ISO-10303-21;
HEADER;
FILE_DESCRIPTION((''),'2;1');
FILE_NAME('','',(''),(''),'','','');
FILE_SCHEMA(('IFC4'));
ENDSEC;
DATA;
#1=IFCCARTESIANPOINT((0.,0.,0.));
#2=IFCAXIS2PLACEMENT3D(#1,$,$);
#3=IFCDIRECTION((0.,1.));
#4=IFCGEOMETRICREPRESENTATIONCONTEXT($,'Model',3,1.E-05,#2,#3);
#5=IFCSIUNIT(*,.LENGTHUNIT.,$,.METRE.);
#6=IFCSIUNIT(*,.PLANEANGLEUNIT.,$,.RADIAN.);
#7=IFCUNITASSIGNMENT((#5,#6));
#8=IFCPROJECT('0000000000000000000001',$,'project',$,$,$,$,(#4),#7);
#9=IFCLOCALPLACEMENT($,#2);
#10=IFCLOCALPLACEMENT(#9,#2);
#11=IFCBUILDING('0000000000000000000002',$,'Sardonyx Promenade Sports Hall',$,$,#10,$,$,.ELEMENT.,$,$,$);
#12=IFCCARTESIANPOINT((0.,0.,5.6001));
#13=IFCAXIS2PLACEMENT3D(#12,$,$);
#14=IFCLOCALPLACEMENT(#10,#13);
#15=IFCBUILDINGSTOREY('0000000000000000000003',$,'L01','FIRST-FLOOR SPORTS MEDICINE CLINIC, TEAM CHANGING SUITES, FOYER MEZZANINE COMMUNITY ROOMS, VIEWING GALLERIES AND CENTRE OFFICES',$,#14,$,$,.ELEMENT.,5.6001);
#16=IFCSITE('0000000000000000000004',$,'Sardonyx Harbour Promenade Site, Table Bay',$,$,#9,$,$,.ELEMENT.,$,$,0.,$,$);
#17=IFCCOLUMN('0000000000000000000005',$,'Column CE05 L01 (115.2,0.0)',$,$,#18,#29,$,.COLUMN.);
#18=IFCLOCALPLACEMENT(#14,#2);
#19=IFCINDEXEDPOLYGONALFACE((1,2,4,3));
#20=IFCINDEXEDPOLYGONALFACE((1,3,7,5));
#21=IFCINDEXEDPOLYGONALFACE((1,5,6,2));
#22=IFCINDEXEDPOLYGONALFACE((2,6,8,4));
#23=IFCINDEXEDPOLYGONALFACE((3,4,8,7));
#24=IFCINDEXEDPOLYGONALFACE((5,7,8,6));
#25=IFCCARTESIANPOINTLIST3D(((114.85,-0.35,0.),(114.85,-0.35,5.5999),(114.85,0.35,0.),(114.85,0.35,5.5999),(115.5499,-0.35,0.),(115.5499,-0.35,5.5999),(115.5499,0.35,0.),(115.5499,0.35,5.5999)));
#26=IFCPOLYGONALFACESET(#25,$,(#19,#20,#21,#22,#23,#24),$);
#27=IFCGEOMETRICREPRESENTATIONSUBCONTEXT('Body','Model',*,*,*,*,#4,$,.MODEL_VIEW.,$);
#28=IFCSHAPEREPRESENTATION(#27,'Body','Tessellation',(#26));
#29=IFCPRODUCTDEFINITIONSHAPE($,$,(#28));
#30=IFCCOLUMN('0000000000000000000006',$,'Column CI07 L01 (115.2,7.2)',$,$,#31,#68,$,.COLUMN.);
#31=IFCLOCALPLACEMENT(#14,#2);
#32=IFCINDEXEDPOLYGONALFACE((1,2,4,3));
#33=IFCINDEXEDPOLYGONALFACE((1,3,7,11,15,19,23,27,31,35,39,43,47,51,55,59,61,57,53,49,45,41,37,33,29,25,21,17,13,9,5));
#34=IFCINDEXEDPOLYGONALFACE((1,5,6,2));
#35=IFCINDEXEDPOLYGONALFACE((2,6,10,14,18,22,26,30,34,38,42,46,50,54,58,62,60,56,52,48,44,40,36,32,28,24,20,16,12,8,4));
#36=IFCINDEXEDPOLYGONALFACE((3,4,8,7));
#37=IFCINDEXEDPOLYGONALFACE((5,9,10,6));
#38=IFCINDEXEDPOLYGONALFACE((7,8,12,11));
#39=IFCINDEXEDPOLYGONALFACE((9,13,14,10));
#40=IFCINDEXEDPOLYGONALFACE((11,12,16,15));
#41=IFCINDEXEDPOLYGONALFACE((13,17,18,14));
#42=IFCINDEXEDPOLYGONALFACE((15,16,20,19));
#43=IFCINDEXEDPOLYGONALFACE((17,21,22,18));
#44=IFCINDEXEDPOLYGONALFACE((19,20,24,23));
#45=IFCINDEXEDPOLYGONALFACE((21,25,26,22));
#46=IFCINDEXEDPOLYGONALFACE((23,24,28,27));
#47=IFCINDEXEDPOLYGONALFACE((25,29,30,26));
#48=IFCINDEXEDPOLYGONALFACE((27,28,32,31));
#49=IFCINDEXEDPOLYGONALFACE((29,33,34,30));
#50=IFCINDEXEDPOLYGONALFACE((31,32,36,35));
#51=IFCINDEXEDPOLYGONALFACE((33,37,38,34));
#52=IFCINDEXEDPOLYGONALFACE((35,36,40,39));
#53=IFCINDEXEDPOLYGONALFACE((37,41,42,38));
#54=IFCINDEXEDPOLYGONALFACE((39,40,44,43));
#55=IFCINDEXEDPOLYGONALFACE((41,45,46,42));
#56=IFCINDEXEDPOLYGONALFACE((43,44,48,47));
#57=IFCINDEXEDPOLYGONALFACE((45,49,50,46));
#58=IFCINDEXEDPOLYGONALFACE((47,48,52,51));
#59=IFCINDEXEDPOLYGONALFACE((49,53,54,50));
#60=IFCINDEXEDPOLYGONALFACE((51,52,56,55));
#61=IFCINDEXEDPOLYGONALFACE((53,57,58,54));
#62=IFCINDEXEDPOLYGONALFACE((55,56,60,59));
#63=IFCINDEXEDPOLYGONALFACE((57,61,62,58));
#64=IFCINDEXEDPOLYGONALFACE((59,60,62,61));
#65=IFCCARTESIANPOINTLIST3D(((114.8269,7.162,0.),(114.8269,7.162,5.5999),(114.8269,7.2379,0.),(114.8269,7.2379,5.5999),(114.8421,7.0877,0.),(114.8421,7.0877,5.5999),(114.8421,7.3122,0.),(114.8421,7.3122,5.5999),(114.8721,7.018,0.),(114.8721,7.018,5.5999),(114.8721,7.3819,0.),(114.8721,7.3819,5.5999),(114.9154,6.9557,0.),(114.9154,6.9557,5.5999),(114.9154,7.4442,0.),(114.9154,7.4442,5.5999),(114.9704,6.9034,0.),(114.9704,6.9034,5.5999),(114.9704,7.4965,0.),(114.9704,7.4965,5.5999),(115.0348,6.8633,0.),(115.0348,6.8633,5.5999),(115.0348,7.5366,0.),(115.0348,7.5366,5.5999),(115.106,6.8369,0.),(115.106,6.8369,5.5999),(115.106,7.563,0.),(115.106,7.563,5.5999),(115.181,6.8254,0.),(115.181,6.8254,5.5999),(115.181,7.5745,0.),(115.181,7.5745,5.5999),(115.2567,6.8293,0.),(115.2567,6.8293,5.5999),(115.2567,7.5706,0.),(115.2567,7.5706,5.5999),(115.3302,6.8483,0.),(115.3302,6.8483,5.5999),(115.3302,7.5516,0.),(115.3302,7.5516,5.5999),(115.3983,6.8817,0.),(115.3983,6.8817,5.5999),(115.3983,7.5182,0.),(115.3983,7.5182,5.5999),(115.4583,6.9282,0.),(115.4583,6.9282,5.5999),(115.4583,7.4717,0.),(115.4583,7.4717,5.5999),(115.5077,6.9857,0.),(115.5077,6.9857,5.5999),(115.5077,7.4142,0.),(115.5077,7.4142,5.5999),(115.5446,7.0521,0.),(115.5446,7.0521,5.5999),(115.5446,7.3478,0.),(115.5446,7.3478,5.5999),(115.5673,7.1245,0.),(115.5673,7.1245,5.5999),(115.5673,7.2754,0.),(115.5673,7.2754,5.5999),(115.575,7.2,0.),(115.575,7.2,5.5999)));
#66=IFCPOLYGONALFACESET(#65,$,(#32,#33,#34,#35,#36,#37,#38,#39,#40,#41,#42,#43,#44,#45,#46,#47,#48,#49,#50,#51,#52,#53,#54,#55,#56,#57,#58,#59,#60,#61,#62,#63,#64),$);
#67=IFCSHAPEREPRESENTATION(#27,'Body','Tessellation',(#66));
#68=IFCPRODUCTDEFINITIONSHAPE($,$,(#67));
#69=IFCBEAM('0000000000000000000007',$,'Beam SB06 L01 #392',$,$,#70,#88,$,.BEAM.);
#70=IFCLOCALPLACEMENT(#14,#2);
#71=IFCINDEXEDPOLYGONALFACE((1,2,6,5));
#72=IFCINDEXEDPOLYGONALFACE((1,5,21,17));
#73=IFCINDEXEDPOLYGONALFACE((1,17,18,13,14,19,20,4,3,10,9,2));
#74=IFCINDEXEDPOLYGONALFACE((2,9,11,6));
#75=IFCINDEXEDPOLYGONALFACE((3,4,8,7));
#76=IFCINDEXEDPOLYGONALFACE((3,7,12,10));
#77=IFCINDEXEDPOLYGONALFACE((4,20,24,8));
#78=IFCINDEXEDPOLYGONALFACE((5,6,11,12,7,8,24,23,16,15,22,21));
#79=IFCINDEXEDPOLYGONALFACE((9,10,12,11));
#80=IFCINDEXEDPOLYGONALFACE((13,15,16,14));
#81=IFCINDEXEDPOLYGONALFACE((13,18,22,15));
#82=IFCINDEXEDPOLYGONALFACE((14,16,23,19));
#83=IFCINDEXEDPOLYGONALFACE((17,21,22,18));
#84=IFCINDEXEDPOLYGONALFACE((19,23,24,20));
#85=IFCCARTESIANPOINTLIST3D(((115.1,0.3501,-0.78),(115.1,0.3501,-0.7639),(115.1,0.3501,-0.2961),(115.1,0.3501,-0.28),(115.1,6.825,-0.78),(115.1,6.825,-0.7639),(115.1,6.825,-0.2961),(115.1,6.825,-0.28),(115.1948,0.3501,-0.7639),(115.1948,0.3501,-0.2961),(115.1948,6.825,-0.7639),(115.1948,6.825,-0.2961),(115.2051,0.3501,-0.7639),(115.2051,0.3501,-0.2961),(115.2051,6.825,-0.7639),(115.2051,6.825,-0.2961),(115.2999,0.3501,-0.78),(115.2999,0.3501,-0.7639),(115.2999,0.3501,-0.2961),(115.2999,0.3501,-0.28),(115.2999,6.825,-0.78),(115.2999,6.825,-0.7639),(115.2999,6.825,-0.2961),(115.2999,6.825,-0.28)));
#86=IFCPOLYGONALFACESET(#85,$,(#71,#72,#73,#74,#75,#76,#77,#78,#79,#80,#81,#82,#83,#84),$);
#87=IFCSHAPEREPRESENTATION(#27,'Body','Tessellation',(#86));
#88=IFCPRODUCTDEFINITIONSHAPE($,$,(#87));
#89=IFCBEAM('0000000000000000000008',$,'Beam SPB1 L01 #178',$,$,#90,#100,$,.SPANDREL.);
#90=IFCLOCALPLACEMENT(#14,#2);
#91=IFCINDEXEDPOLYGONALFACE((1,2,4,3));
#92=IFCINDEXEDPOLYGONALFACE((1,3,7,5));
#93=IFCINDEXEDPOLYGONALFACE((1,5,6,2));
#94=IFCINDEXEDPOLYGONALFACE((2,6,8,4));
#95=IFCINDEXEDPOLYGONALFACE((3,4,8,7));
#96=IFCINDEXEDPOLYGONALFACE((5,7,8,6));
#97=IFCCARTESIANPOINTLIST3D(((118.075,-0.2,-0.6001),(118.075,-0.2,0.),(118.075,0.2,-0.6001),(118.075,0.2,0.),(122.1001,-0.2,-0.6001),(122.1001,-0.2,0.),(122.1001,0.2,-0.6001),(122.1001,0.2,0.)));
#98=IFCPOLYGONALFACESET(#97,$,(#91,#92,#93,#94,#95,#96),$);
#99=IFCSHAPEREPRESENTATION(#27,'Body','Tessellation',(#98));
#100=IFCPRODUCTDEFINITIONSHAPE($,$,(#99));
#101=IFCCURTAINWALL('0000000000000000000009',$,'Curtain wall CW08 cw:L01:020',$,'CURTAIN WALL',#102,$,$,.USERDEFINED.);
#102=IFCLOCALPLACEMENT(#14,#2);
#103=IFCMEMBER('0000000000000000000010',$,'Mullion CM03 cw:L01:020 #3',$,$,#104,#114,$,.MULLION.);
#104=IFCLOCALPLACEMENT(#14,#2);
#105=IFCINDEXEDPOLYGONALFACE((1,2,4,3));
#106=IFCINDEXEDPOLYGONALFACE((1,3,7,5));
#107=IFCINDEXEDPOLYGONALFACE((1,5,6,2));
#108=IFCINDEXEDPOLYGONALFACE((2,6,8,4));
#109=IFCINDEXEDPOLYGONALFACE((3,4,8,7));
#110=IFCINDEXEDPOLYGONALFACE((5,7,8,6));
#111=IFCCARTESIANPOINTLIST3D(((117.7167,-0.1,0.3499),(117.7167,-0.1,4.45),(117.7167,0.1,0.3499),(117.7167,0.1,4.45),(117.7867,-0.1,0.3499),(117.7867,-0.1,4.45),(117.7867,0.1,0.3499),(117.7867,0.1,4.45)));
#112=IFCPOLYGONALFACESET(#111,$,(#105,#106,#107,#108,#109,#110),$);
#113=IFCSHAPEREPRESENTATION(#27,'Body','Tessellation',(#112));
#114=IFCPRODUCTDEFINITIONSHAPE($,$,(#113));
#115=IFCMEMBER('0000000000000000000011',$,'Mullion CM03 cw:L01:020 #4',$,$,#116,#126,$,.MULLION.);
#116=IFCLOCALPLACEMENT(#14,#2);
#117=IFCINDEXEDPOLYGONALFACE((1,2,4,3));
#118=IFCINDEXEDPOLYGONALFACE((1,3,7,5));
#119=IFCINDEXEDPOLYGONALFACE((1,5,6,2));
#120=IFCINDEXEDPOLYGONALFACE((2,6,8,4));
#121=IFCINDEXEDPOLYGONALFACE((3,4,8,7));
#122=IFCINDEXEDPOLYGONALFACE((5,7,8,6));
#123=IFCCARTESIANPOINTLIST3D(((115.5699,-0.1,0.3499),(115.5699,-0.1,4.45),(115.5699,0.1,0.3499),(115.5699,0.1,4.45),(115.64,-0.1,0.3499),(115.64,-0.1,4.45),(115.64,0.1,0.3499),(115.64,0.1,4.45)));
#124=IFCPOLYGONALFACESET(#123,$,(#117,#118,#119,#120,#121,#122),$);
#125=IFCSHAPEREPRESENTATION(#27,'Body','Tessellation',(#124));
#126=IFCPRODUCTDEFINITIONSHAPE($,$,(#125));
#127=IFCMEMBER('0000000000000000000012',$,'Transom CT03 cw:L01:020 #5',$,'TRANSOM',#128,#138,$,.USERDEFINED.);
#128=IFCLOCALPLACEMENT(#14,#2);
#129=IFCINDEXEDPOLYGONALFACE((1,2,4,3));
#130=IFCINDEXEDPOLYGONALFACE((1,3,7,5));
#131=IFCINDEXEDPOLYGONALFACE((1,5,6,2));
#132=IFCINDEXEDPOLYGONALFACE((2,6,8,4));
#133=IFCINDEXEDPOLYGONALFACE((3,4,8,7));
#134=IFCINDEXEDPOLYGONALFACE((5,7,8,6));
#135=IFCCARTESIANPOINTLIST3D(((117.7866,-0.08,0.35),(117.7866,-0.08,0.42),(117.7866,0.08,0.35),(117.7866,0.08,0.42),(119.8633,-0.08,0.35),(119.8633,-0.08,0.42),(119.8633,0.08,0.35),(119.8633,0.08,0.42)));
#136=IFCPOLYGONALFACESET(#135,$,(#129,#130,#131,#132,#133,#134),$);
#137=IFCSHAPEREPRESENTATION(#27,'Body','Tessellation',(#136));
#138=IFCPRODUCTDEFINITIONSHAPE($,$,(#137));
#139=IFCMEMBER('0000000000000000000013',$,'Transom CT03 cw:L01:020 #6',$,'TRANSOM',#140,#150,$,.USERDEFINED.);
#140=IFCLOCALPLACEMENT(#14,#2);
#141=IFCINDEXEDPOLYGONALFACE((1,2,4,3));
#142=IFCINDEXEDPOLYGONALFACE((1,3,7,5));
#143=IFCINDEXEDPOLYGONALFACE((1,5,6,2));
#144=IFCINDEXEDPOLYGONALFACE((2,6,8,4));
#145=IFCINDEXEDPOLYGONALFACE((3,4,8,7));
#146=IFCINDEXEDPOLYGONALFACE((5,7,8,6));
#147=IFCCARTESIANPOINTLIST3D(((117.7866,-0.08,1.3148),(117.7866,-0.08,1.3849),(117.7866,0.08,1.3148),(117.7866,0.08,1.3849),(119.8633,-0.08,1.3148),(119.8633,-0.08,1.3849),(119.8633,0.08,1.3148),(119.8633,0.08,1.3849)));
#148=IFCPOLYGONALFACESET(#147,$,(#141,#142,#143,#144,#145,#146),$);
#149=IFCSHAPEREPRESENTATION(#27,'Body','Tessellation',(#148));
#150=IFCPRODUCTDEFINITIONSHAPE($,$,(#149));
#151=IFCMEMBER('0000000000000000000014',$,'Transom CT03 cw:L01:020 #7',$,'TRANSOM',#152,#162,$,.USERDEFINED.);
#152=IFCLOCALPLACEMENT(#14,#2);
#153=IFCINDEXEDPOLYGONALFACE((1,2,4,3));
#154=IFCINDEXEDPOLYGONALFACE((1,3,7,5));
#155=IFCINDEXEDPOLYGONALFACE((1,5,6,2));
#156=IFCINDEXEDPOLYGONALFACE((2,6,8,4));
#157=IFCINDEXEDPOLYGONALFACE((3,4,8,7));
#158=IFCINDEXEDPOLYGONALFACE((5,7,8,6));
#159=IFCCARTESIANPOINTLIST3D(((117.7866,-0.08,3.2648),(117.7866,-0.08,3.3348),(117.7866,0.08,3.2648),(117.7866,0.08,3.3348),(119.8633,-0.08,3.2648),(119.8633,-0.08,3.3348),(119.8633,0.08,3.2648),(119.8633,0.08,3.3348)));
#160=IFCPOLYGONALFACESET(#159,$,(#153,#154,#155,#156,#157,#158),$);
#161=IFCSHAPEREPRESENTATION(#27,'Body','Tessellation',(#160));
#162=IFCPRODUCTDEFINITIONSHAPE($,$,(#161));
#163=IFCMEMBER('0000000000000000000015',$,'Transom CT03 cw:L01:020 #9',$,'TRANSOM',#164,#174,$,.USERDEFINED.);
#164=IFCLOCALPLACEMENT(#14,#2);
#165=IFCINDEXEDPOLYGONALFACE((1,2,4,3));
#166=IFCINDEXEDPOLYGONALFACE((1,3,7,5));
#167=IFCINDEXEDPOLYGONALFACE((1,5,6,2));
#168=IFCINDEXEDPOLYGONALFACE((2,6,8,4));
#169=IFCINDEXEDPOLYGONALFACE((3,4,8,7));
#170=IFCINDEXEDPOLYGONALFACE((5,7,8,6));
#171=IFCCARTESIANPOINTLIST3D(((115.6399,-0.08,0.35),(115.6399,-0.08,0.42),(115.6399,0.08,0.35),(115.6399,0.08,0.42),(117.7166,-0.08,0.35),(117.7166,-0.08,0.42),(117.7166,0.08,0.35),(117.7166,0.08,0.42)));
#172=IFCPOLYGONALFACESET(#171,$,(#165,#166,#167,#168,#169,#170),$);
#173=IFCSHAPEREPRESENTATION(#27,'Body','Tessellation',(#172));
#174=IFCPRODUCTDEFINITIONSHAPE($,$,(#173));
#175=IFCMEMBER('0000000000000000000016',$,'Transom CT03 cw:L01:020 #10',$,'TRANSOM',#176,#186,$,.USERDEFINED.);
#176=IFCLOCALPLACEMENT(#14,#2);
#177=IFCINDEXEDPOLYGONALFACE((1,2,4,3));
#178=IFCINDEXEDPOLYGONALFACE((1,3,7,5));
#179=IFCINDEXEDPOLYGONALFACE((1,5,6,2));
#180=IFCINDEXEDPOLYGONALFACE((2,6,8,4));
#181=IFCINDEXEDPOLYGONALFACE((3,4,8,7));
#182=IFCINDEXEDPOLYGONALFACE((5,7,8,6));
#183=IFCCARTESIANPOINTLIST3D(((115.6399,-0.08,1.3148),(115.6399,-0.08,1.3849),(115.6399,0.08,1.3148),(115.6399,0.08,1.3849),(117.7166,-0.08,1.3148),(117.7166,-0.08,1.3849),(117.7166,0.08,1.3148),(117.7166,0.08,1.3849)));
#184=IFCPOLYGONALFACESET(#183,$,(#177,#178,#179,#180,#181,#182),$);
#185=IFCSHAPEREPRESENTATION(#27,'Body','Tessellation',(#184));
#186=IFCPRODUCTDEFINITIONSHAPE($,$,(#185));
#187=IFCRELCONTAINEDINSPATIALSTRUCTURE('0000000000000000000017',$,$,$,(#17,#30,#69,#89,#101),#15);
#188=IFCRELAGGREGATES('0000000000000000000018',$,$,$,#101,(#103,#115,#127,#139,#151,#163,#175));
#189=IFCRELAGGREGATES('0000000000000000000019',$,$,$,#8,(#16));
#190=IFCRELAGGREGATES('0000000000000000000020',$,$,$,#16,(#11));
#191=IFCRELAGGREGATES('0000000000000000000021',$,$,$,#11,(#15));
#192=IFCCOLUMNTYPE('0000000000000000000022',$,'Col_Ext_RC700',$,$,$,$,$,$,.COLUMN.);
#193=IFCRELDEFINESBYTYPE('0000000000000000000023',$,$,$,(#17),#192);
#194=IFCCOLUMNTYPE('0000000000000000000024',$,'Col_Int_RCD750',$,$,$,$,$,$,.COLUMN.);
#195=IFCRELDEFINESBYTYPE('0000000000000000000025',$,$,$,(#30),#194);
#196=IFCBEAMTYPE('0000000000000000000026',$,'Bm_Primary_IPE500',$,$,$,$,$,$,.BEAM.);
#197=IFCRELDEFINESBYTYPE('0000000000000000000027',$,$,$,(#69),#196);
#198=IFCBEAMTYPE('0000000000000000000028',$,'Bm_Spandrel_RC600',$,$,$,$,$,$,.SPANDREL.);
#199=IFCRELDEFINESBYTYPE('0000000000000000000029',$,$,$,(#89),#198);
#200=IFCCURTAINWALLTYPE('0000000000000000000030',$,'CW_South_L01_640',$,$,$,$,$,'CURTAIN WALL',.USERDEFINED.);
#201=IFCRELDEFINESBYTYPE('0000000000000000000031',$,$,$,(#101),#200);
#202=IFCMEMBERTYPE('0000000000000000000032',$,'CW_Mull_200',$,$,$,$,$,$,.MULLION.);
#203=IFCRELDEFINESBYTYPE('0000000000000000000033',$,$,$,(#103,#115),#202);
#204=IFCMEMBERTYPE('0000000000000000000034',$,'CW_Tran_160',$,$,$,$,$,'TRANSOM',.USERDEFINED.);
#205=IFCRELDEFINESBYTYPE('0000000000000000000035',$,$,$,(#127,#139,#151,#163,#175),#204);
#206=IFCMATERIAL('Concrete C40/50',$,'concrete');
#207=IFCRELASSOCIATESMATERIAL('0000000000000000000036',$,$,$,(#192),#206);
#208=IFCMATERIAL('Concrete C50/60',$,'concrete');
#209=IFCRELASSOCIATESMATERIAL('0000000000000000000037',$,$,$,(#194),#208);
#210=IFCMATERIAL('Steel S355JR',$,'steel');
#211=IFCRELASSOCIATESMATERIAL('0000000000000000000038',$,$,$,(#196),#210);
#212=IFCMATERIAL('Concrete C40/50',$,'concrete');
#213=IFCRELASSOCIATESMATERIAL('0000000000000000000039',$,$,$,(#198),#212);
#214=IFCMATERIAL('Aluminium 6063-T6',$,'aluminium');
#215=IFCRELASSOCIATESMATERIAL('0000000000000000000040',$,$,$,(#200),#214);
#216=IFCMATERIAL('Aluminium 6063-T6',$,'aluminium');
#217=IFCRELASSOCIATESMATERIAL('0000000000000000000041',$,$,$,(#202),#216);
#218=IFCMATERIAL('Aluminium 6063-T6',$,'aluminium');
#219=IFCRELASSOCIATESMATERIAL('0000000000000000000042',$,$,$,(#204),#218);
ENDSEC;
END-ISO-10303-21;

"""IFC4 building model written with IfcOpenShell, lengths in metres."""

from ifc_helpers import new_model, si_unit, direction, frame, origin, origin_2d, place, context, subcontext, project, spatial, rectangle, circle, i_section, extrude, material, material_profile, profile_set, type_object, element, aggregate, save


model = new_model("IFC4")

# Units and contexts
model_context = context("Model", 3, precision=1e-05, world=origin(), true_north=direction((0.0, 1.0)))
body_context = subcontext(model_context, "Body", "Model", "MODEL_VIEW")
ifc_project = project(units=[si_unit("LENGTHUNIT", "METRE"), si_unit("PLANEANGLEUNIT", "RADIAN")], contexts=[model_context])

# Site, building, storey
site_placement = place(None, origin())
site = spatial("IfcSite", under=ifc_project, at=site_placement, Name="Sardonyx Harbour Promenade Site, Table Bay", CompositionType="ELEMENT", RefElevation=0.0)
building_placement = place(site_placement, origin())
building = spatial("IfcBuilding", under=site, at=building_placement, Name="Sardonyx Promenade Sports Hall", CompositionType="ELEMENT")
storey_placement = place(building_placement, frame((0.0, 0.0, 5.6001)))
storey = spatial("IfcBuildingStorey", under=building, at=storey_placement, Name="L01", Description="FIRST-FLOOR SPORTS MEDICINE CLINIC, TEAM CHANGING SUITES, FOYER MEZZANINE COMMUNITY ROOMS, VIEWING GALLERIES AND CENTRE OFFICES", CompositionType="ELEMENT", Elevation=5.6001)

# Columns
ifc_material_1 = material(Name="Concrete C40/50", Category="concrete")
ifc_material_profile_1 = material_profile(ifc_material_1, rectangle(XDim=0.7, YDim=0.7, at=origin_2d()))
ifc_profile_set_1 = profile_set([ifc_material_profile_1], Name="Concrete C40/50")
column_type_1 = type_object("IfcColumnType", Name="Col_Ext_RC700", PredefinedType="COLUMN", material=ifc_profile_set_1)
column_1_placement = place(storey_placement, frame((115.2, 0.0, 0.0), z_axis=(0.0, 0.0, 1.0), x_axis=(1.0, 0.0, 0.0)))
element("IfcColumn", 1, at=column_1_placement, inside=storey, type_object=column_type_1, Name="Column CE05 L01 (115.2,0.0)", PredefinedType="COLUMN", context=body_context, shape_type="SweptSolid", body=[
    extrude(rectangle(XDim=0.7, YDim=0.7, at=origin_2d()), origin(), (0.0, 0.0, 1.0), 5.5999),
])
ifc_material_2 = material(Name="Concrete C50/60", Category="concrete")
ifc_material_profile_2 = material_profile(ifc_material_2, circle(Radius=0.375, at=origin_2d()))
ifc_profile_set_2 = profile_set([ifc_material_profile_2], Name="Concrete C50/60")
column_type_2 = type_object("IfcColumnType", Name="Col_Int_RCD750", PredefinedType="COLUMN", material=ifc_profile_set_2)
column_2_placement = place(storey_placement, frame((115.2, 7.2, 0.0), z_axis=(0.0, 0.0, 1.0), x_axis=(1.0, 0.0, 0.0)))
element("IfcColumn", 2, at=column_2_placement, inside=storey, type_object=column_type_2, Name="Column CI07 L01 (115.2,7.2)", PredefinedType="COLUMN", context=body_context, shape_type="SweptSolid", body=[
    extrude(circle(Radius=0.375, at=origin_2d()), origin(), (0.0, 0.0, 1.0), 5.5999),
])

# Beams
ifc_material_3 = material(Name="Steel S355JR", Category="steel")
ifc_material_profile_3 = material_profile(ifc_material_3, i_section(OverallWidth=0.2, OverallDepth=0.5, WebThickness=0.0103, FlangeThickness=0.0161, at=origin_2d()))
ifc_profile_set_3 = profile_set([ifc_material_profile_3], Name="Steel S355JR")
beam_type_1 = type_object("IfcBeamType", Name="Bm_Primary_IPE500", PredefinedType="BEAM", material=ifc_profile_set_3)
beam_1_placement = place(storey_placement, frame((115.2, 0.3501, -0.53), z_axis=(0.0, 1.0, 0.0), x_axis=(-1.0, 0.0, 0.0)))
element("IfcBeam", 3, at=beam_1_placement, inside=storey, type_object=beam_type_1, Name="Beam SB06 L01 #392", PredefinedType="BEAM", context=body_context, shape_type="SweptSolid", body=[
    extrude(i_section(OverallWidth=0.2, OverallDepth=0.5, WebThickness=0.0103, FlangeThickness=0.0161, at=origin_2d()), origin(), (0.0, 0.0, 1.0), 6.4749),
])
ifc_material_4 = material(Name="Concrete C40/50", Category="concrete")
ifc_material_profile_4 = material_profile(ifc_material_4, rectangle(XDim=0.3999, YDim=0.6001, at=origin_2d()))
ifc_profile_set_4 = profile_set([ifc_material_profile_4], Name="Concrete C40/50")
beam_type_2 = type_object("IfcBeamType", Name="Bm_Spandrel_RC600", PredefinedType="SPANDREL", material=ifc_profile_set_4)
beam_2_placement = place(storey_placement, frame((118.075, 0.0, -0.3), z_axis=(1.0, 0.0, 0.0), x_axis=(0.0, 1.0, 0.0)))
element("IfcBeam", 4, at=beam_2_placement, inside=storey, type_object=beam_type_2, Name="Beam SPB1 L01 #178", PredefinedType="SPANDREL", context=body_context, shape_type="SweptSolid", body=[
    extrude(rectangle(XDim=0.3999, YDim=0.6001, at=origin_2d()), origin(), (0.0, 0.0, 1.0), 4.0251),
])

# Curtain wall, members
ifc_material_5 = material(Name="Aluminium 6063-T6", Category="aluminium")
curtain_wall_type = type_object("IfcCurtainWallType", Name="CW_South_L01_640", ElementType="CURTAIN WALL", PredefinedType="USERDEFINED", material=ifc_material_5)
curtain_wall_placement = place(storey_placement, origin())
curtain_wall = element("IfcCurtainWall", 5, at=curtain_wall_placement, inside=storey, type_object=curtain_wall_type, Name="Curtain wall CW08 cw:L01:020", ObjectType="CURTAIN WALL", PredefinedType="USERDEFINED")
ifc_material_6 = material(Name="Aluminium 6063-T6", Category="aluminium")
ifc_material_profile_5 = material_profile(ifc_material_6, rectangle(XDim=0.0701, YDim=0.2, at=origin_2d()))
ifc_profile_set_5 = profile_set([ifc_material_profile_5], Name="Aluminium 6063-T6")
member_type_1 = type_object("IfcMemberType", Name="CW_Mull_200", PredefinedType="MULLION", material=ifc_profile_set_5)
member_1_placement = place(storey_placement, frame((117.7517, 0.0, 0.3499), z_axis=(0.0, 0.0, 1.0), x_axis=(-1.0, 0.0, 0.0)))
member_1 = element("IfcMember", 6, at=member_1_placement, type_object=member_type_1, Name="Mullion CM03 cw:L01:020 #3", PredefinedType="MULLION", context=body_context, shape_type="SweptSolid", body=[
    extrude(rectangle(XDim=0.0701, YDim=0.2, at=origin_2d()), origin(), (0.0, 0.0, 1.0), 4.1001),
])
member_2_placement = place(storey_placement, frame((115.605, 0.0, 0.3499), z_axis=(0.0, 0.0, 1.0), x_axis=(-1.0, 0.0, 0.0)))
member_2 = element("IfcMember", 7, at=member_2_placement, type_object=member_type_1, Name="Mullion CM03 cw:L01:020 #4", PredefinedType="MULLION", context=body_context, shape_type="SweptSolid", body=[
    extrude(rectangle(XDim=0.0701, YDim=0.2, at=origin_2d()), origin(), (0.0, 0.0, 1.0), 4.1001),
])
ifc_material_7 = material(Name="Aluminium 6063-T6", Category="aluminium")
ifc_material_profile_6 = material_profile(ifc_material_7, rectangle(XDim=0.0701, YDim=0.1599, at=origin_2d()))
ifc_profile_set_6 = profile_set([ifc_material_profile_6], Name="Aluminium 6063-T6")
member_type_2 = type_object("IfcMemberType", Name="CW_Tran_160", ElementType="TRANSOM", PredefinedType="USERDEFINED", material=ifc_profile_set_6)
member_3_placement = place(storey_placement, frame((119.8633, 0.0, 0.385), z_axis=(-1.0, 0.0, 0.0), x_axis=(0.0, 0.0, 1.0)))
member_3 = element("IfcMember", 8, at=member_3_placement, type_object=member_type_2, Name="Transom CT03 cw:L01:020 #5", ObjectType="TRANSOM", PredefinedType="USERDEFINED", context=body_context, shape_type="SweptSolid", body=[
    extrude(rectangle(XDim=0.0701, YDim=0.1599, at=origin_2d()), origin(), (0.0, 0.0, 1.0), 2.0767),
])
member_4_placement = place(storey_placement, frame((119.8633, 0.0, 1.3499), z_axis=(-1.0, 0.0, 0.0), x_axis=(0.0, 0.0, 1.0)))
member_4 = element("IfcMember", 9, at=member_4_placement, type_object=member_type_2, Name="Transom CT03 cw:L01:020 #6", ObjectType="TRANSOM", PredefinedType="USERDEFINED", context=body_context, shape_type="SweptSolid", body=[
    extrude(rectangle(XDim=0.0701, YDim=0.1599, at=origin_2d()), origin(), (0.0, 0.0, 1.0), 2.0767),
])
member_5_placement = place(storey_placement, frame((119.8633, 0.0, 3.2998), z_axis=(-1.0, 0.0, 0.0), x_axis=(0.0, 0.0, 1.0)))
member_5 = element("IfcMember", 10, at=member_5_placement, type_object=member_type_2, Name="Transom CT03 cw:L01:020 #7", ObjectType="TRANSOM", PredefinedType="USERDEFINED", context=body_context, shape_type="SweptSolid", body=[
    extrude(rectangle(XDim=0.0701, YDim=0.1599, at=origin_2d()), origin(), (0.0, 0.0, 1.0), 2.0767),
])
member_6_placement = place(storey_placement, frame((117.7166, 0.0, 0.385), z_axis=(-1.0, 0.0, 0.0), x_axis=(0.0, 0.0, 1.0)))
member_6 = element("IfcMember", 11, at=member_6_placement, type_object=member_type_2, Name="Transom CT03 cw:L01:020 #9", ObjectType="TRANSOM", PredefinedType="USERDEFINED", context=body_context, shape_type="SweptSolid", body=[
    extrude(rectangle(XDim=0.0701, YDim=0.1599, at=origin_2d()), origin(), (0.0, 0.0, 1.0), 2.0767),
])
member_7_placement = place(storey_placement, frame((117.7166, 0.0, 1.3499), z_axis=(-1.0, 0.0, 0.0), x_axis=(0.0, 0.0, 1.0)))
member_7 = element("IfcMember", 12, at=member_7_placement, type_object=member_type_2, Name="Transom CT03 cw:L01:020 #10", ObjectType="TRANSOM", PredefinedType="USERDEFINED", context=body_context, shape_type="SweptSolid", body=[
    extrude(rectangle(XDim=0.0701, YDim=0.1599, at=origin_2d()), origin(), (0.0, 0.0, 1.0), 2.0767),
])
aggregate(curtain_wall, [member_1, member_2, member_3, member_4, member_5, member_6, member_7])

save(model, "model.ifc")
